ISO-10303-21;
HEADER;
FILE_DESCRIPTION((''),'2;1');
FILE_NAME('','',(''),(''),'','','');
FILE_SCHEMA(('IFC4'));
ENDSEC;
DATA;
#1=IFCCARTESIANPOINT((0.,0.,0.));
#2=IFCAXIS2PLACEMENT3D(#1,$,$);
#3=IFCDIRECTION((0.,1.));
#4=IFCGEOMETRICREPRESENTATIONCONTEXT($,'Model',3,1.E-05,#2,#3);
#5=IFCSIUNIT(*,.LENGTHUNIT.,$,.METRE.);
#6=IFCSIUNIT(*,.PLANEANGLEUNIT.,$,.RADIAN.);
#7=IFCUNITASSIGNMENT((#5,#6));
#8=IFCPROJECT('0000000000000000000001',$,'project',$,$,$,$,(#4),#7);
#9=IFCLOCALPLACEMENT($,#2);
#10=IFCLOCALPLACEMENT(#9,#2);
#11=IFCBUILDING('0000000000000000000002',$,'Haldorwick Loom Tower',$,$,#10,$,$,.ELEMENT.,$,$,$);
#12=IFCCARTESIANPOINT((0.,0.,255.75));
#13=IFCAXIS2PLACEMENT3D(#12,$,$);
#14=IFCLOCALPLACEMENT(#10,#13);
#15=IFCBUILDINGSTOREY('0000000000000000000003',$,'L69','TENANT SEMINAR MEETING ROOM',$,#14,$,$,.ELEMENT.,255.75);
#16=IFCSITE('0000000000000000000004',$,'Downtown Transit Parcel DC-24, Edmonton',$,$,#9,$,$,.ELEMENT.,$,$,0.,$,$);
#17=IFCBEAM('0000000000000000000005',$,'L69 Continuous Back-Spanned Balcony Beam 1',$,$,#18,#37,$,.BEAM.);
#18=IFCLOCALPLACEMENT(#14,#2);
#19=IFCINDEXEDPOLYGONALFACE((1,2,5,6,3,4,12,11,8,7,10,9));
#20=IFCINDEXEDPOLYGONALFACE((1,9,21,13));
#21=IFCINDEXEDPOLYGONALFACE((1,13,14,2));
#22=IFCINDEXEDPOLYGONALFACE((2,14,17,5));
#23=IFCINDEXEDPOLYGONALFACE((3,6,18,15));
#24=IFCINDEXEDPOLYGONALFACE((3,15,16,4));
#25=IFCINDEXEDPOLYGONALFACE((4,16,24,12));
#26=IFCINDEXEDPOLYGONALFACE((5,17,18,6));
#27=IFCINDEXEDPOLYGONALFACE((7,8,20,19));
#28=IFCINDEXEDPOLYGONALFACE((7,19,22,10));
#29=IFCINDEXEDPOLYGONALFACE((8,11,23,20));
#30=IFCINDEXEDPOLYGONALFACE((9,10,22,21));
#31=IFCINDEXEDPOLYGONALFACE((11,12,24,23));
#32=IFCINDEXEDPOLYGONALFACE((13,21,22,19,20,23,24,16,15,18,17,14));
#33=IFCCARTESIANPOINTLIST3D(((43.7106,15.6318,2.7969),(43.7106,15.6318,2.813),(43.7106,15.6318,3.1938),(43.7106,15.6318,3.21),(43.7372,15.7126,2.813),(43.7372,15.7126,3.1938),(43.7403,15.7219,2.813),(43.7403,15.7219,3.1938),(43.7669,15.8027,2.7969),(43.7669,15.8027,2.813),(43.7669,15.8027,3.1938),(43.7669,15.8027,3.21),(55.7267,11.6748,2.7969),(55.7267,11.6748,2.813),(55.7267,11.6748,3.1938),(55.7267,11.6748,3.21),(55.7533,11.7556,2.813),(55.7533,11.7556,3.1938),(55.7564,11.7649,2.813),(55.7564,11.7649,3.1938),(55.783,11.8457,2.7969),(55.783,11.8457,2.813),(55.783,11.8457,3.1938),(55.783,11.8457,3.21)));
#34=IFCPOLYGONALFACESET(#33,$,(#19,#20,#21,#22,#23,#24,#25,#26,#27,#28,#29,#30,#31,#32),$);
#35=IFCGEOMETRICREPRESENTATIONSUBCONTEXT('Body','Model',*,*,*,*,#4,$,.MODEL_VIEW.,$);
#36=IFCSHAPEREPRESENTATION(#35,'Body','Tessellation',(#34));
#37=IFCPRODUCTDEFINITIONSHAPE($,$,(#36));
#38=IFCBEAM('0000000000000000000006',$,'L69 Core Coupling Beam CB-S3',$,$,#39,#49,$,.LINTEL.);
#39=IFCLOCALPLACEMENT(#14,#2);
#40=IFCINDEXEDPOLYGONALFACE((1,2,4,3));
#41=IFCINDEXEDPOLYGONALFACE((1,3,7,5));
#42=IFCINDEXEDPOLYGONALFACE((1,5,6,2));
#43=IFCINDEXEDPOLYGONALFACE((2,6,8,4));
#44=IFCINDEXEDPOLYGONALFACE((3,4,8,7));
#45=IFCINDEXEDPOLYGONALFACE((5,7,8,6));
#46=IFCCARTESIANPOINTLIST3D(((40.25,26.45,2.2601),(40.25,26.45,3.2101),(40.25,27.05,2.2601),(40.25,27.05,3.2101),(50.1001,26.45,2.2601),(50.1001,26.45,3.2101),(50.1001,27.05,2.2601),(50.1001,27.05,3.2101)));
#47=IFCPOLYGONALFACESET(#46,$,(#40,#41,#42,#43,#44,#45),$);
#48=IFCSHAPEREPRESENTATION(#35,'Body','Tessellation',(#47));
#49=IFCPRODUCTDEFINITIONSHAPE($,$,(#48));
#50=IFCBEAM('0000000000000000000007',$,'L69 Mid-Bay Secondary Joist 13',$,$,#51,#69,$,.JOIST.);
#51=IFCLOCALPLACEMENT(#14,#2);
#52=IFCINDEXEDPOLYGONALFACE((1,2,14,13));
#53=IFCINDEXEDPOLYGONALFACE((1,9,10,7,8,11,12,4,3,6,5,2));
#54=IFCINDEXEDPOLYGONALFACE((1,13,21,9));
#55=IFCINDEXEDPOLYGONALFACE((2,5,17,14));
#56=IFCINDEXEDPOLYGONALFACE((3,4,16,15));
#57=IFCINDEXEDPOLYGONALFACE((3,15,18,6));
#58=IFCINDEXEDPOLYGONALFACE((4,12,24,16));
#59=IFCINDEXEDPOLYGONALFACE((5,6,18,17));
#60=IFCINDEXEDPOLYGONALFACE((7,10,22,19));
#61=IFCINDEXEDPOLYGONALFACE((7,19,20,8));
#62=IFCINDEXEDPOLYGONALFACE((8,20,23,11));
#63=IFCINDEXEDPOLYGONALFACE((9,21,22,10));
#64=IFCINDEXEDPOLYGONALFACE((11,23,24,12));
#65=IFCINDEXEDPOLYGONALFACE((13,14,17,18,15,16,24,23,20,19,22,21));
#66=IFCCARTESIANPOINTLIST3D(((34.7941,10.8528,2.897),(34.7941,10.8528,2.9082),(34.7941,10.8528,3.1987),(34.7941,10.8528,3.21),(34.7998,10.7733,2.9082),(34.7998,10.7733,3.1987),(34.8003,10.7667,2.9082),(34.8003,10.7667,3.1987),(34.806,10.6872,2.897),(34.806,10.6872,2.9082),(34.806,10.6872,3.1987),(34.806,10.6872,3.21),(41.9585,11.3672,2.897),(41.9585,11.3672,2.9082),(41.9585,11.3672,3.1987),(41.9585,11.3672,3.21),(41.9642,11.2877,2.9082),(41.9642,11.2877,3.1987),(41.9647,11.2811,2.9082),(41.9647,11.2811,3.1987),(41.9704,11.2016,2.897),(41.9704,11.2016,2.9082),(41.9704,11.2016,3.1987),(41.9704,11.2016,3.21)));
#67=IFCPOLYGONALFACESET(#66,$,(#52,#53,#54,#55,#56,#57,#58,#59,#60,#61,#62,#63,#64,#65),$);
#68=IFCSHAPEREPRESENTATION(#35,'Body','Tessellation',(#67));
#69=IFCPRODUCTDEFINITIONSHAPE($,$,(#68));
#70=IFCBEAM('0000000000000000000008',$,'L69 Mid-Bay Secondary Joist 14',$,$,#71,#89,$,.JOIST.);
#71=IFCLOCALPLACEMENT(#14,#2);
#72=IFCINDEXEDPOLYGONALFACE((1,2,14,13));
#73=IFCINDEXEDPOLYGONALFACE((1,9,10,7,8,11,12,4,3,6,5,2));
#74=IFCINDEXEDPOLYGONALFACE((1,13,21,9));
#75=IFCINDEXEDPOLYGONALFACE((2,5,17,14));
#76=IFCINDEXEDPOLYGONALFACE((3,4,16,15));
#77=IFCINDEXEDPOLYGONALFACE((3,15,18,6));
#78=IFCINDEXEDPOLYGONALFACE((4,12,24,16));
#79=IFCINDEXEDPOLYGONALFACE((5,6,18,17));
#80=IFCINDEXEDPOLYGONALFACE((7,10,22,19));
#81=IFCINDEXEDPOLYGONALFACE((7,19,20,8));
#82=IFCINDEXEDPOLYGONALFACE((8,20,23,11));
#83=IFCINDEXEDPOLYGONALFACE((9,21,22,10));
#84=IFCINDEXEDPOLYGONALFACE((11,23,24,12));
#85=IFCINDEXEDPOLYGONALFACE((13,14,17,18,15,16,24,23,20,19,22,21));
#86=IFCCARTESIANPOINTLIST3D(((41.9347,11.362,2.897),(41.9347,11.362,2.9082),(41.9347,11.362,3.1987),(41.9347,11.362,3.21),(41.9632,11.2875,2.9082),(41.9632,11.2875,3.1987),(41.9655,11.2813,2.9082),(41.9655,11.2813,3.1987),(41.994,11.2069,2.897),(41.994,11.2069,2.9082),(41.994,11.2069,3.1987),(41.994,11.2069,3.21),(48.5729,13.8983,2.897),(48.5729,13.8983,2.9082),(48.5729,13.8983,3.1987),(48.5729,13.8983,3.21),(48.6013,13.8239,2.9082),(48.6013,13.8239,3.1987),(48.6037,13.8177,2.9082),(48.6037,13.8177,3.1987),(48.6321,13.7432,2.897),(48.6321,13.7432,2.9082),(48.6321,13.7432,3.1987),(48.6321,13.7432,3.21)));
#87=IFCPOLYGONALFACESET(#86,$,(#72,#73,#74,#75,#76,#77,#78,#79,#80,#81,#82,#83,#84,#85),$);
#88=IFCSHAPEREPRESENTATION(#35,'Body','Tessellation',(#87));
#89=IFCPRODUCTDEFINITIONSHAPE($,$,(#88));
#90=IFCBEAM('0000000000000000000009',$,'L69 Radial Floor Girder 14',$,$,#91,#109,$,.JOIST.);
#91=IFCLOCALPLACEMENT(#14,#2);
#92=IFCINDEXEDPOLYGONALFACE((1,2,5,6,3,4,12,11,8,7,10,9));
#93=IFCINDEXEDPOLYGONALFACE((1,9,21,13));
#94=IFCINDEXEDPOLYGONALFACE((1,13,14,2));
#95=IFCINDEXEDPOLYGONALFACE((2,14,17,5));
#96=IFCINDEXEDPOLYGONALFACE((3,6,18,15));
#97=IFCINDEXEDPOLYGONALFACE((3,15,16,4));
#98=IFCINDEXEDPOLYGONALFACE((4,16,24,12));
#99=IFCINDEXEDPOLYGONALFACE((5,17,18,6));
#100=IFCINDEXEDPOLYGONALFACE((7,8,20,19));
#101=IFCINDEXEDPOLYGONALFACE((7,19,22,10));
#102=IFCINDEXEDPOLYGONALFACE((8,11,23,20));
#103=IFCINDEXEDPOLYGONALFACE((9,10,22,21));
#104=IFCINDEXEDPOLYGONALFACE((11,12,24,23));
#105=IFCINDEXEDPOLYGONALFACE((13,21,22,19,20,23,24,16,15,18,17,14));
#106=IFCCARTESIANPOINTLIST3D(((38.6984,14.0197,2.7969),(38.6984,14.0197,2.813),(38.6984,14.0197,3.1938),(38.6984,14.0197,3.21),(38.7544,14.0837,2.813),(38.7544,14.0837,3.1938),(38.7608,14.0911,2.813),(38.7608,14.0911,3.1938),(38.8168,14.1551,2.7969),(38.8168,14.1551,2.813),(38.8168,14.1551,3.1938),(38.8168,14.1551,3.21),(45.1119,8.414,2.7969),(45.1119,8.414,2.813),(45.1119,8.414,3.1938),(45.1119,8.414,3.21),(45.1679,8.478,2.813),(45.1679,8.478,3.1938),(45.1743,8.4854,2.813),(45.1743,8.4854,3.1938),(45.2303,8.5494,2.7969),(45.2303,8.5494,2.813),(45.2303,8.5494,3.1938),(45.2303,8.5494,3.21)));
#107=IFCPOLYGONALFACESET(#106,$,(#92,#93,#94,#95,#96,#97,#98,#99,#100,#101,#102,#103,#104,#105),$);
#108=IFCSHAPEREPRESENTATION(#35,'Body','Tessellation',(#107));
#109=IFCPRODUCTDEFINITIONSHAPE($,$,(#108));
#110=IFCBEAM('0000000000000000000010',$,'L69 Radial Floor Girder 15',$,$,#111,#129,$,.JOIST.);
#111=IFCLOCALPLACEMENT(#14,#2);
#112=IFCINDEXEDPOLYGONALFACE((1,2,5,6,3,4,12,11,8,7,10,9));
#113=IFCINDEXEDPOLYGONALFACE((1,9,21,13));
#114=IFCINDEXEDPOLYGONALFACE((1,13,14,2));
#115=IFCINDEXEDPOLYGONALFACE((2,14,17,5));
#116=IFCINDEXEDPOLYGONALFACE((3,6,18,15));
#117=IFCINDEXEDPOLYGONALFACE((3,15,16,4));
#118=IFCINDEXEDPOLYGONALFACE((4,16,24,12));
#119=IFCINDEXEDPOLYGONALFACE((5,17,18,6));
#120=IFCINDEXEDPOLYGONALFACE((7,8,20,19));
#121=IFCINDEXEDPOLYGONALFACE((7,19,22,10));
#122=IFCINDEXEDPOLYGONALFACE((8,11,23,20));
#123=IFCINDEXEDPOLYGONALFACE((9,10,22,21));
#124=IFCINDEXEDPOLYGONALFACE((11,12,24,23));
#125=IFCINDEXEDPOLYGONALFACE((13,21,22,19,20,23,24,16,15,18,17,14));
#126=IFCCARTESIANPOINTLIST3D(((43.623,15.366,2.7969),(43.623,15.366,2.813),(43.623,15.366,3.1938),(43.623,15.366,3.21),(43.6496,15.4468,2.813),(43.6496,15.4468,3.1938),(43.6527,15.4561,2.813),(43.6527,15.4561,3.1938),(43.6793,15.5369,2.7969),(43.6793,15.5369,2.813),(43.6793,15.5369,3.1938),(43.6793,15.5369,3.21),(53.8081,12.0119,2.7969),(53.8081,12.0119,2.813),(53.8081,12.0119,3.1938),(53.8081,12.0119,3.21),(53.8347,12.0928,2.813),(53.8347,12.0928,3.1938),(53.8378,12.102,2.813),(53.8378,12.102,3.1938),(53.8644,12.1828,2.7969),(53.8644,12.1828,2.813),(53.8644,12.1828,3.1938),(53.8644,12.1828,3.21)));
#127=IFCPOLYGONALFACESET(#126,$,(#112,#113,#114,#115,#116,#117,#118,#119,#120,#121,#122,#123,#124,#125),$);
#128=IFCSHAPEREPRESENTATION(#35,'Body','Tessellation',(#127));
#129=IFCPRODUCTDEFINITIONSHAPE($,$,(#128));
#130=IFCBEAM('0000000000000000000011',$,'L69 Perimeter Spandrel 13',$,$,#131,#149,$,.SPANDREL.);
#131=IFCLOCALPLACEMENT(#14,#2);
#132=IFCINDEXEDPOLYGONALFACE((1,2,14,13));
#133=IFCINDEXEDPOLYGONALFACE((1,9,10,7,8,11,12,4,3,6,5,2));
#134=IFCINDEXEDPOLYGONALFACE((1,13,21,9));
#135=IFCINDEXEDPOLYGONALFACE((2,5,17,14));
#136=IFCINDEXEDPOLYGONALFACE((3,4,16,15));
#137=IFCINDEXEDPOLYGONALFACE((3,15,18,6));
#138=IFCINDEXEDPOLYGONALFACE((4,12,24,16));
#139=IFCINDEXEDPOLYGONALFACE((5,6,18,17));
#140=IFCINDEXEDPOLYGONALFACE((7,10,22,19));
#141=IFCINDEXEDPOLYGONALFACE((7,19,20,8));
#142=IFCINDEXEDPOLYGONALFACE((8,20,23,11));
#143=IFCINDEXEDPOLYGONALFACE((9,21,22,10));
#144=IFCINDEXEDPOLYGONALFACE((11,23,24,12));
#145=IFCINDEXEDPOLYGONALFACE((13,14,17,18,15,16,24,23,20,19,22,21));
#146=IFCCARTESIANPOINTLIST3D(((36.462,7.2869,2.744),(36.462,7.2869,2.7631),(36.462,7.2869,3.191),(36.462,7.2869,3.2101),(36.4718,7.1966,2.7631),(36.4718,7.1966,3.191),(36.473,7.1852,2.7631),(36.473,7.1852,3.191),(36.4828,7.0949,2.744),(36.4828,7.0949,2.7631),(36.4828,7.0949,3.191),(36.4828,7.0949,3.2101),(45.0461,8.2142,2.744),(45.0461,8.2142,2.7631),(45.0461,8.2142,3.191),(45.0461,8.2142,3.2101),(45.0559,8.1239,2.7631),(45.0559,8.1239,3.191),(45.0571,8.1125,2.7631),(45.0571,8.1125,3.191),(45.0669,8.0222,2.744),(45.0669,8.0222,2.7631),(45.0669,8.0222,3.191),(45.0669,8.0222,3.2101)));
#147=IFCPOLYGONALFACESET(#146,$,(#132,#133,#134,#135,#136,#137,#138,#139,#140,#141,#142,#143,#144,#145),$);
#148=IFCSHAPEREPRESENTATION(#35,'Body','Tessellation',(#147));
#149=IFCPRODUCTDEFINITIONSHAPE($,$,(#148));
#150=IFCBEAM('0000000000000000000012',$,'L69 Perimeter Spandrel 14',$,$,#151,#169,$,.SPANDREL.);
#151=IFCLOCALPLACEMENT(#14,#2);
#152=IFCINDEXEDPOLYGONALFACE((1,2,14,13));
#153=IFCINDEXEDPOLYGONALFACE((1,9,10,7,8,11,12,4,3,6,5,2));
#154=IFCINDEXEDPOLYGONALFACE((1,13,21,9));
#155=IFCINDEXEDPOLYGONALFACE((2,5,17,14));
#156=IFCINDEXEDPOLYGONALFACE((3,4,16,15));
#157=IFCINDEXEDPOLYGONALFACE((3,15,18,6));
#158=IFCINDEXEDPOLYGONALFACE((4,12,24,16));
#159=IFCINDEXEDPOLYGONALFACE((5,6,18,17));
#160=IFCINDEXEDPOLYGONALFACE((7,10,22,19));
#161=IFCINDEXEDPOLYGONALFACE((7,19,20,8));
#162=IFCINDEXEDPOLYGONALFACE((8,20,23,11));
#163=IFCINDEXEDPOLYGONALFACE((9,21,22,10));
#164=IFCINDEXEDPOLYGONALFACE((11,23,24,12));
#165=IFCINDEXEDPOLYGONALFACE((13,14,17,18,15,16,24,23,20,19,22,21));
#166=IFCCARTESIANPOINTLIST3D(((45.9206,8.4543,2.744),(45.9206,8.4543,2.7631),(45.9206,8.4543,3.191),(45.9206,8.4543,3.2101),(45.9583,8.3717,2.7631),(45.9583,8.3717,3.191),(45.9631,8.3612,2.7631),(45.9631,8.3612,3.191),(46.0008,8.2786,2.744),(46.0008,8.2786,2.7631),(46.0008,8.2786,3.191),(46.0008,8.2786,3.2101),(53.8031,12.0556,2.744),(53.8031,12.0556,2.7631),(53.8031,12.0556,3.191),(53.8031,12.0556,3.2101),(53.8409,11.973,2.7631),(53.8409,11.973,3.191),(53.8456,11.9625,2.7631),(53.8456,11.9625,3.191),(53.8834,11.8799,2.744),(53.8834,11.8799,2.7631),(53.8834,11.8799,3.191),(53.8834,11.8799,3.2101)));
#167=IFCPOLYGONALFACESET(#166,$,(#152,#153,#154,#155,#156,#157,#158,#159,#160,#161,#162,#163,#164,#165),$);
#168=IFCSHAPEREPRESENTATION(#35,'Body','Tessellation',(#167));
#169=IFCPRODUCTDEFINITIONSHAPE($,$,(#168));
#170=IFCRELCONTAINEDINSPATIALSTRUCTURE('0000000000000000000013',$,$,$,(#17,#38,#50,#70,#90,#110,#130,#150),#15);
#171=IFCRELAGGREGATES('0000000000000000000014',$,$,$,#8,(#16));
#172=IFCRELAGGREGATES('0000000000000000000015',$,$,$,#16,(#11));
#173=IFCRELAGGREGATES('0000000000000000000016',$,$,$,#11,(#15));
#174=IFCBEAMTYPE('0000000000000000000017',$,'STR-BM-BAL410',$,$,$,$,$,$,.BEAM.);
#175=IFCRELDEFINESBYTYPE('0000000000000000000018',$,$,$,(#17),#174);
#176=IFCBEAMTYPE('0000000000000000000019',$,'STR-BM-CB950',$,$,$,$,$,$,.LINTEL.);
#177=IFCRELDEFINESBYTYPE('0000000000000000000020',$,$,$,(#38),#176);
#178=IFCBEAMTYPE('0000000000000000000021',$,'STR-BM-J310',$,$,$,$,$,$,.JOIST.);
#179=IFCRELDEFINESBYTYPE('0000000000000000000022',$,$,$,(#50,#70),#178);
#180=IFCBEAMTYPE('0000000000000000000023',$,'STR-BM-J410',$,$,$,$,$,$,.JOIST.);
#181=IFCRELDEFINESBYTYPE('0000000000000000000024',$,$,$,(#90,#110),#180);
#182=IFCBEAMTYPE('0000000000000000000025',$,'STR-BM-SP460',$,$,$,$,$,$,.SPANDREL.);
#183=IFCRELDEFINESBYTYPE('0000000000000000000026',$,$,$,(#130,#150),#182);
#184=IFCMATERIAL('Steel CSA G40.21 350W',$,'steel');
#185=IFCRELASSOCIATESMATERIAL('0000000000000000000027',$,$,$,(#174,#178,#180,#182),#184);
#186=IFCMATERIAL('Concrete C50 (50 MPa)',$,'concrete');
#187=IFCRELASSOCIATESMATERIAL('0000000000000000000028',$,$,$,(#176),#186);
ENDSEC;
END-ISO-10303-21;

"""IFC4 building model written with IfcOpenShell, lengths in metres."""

from ifc_helpers import new_model, si_unit, direction, frame, origin, origin_2d, place, context, subcontext, project, spatial, rectangle, i_section, extrude, material, material_profile, profile_set, type_object, element, save


model = new_model("IFC4")

# Units and contexts
model_context = context("Model", 3, precision=1e-05, world=origin(), true_north=direction((0.0, 1.0)))
body_context = subcontext(model_context, "Body", "Model", "MODEL_VIEW")
ifc_project = project(units=[si_unit("LENGTHUNIT", "METRE"), si_unit("PLANEANGLEUNIT", "RADIAN")], contexts=[model_context])

# Site, building, storey
site_placement = place(None, origin())
site = spatial("IfcSite", under=ifc_project, at=site_placement, Name="Downtown Transit Parcel DC-24, Edmonton", CompositionType="ELEMENT", RefElevation=0.0)
building_placement = place(site_placement, origin())
building = spatial("IfcBuilding", under=site, at=building_placement, Name="Haldorwick Loom Tower", CompositionType="ELEMENT")
storey_placement = place(building_placement, frame((0.0, 0.0, 255.75)))
storey = spatial("IfcBuildingStorey", under=building, at=storey_placement, Name="L69", Description="TENANT SEMINAR MEETING ROOM", CompositionType="ELEMENT", Elevation=255.75)

# Shared definitions
ifc_material_1 = material(Name="Steel CSA G40.21 350W", Category="steel")

# Beams
ifc_material_profile_1 = material_profile(ifc_material_1, i_section(OverallWidth=0.1799, OverallDepth=0.4131, WebThickness=0.0098, FlangeThickness=0.0161, at=origin_2d()), Name="W410X74", Category="steel")
ifc_profile_set_1 = profile_set([ifc_material_profile_1], Name="Steel CSA G40.21 350W")
beam_type_1 = type_object("IfcBeamType", Name="STR-BM-BAL410", PredefinedType="BEAM", material=ifc_profile_set_1)
beam_1_placement = place(storey_placement, frame((43.7388, 15.7173, 3.0034), z_axis=(0.949823, -0.312787, 0.0), x_axis=(0.312787, 0.949823, 0.0)))
element("IfcBeam", 1, at=beam_1_placement, inside=storey, type_object=beam_type_1, Name="L69 Continuous Back-Spanned Balcony Beam 1", PredefinedType="BEAM", context=body_context, shape_type="SweptSolid", body=[
    extrude(i_section(OverallWidth=0.1799, OverallDepth=0.4131, WebThickness=0.0098, FlangeThickness=0.0161, at=origin_2d()), origin(), (0.0, 0.0, 1.0), 12.6509),
])
ifc_material_2 = material(Name="Concrete C50 (50 MPa)", Category="concrete")
ifc_material_profile_2 = material_profile(ifc_material_2, rectangle(XDim=0.6001, YDim=0.95, at=origin_2d()), Name="RC600X950", Category="concrete")
ifc_profile_set_2 = profile_set([ifc_material_profile_2], Name="Concrete C50 (50 MPa)")
beam_type_2 = type_object("IfcBeamType", Name="STR-BM-CB950", PredefinedType="LINTEL", material=ifc_profile_set_2)
beam_2_placement = place(storey_placement, frame((40.25, 26.75, 2.7351), z_axis=(1.0, 0.0, 0.0), x_axis=(0.0, 1.0, 0.0)))
element("IfcBeam", 2, at=beam_2_placement, inside=storey, type_object=beam_type_2, Name="L69 Core Coupling Beam CB-S3", PredefinedType="LINTEL", context=body_context, shape_type="SweptSolid", body=[
    extrude(rectangle(XDim=0.6001, YDim=0.95, at=origin_2d()), origin(), (0.0, 0.0, 1.0), 9.8501),
])
ifc_material_profile_3 = material_profile(ifc_material_1, i_section(OverallWidth=0.166, OverallDepth=0.313, WebThickness=0.0066, FlangeThickness=0.0112, at=origin_2d()), Name="W310X45", Category="steel")
ifc_profile_set_3 = profile_set([ifc_material_profile_3], Name="Steel CSA G40.21 350W")
beam_type_3 = type_object("IfcBeamType", Name="STR-BM-J310", PredefinedType="JOIST", material=ifc_profile_set_3)
beam_3_placement = place(storey_placement, frame((34.8, 10.77, 3.0535), z_axis=(0.997432, 0.071617, 0.0), x_axis=(-0.071617, 0.997432, 0.0)))
element("IfcBeam", 3, at=beam_3_placement, inside=storey, type_object=beam_type_3, Name="L69 Mid-Bay Secondary Joist 13", PredefinedType="JOIST", context=body_context, shape_type="SweptSolid", body=[
    extrude(i_section(OverallWidth=0.166, OverallDepth=0.313, WebThickness=0.0066, FlangeThickness=0.0112, at=origin_2d()), origin(), (0.0, 0.0, 1.0), 7.1829),
])
beam_4_placement = place(storey_placement, frame((41.9644, 11.2844, 3.0535), z_axis=(0.934134, 0.356922, 0.0), x_axis=(-0.356922, 0.934134, 0.0)))
element("IfcBeam", 4, at=beam_4_placement, inside=storey, type_object=beam_type_3, Name="L69 Mid-Bay Secondary Joist 14", PredefinedType="JOIST", context=body_context, shape_type="SweptSolid", body=[
    extrude(i_section(OverallWidth=0.166, OverallDepth=0.313, WebThickness=0.0066, FlangeThickness=0.0112, at=origin_2d()), origin(), (0.0, 0.0, 1.0), 7.1062),
])
ifc_material_profile_4 = material_profile(ifc_material_1, i_section(OverallWidth=0.1799, OverallDepth=0.4131, WebThickness=0.0098, FlangeThickness=0.0161, at=origin_2d()), Name="W410X74", Category="steel")
ifc_profile_set_4 = profile_set([ifc_material_profile_4], Name="Steel CSA G40.21 350W")
beam_type_4 = type_object("IfcBeamType", Name="STR-BM-J410", PredefinedType="JOIST", material=ifc_profile_set_4)
beam_5_placement = place(storey_placement, frame((38.7576, 14.0874, 3.0034), z_axis=(0.752935, -0.658095, 0.0), x_axis=(0.658095, 0.752935, 0.0)))
element("IfcBeam", 5, at=beam_5_placement, inside=storey, type_object=beam_type_4, Name="L69 Radial Floor Girder 14", PredefinedType="JOIST", context=body_context, shape_type="SweptSolid", body=[
    extrude(i_section(OverallWidth=0.1799, OverallDepth=0.4131, WebThickness=0.0098, FlangeThickness=0.0161, at=origin_2d()), origin(), (0.0, 0.0, 1.0), 8.5181),
])
beam_6_placement = place(storey_placement, frame((43.6511, 15.4514, 3.0034), z_axis=(0.949825, -0.312783, 0.0), x_axis=(0.312783, 0.949825, 0.0)))
element("IfcBeam", 6, at=beam_6_placement, inside=storey, type_object=beam_type_4, Name="L69 Radial Floor Girder 15", PredefinedType="JOIST", context=body_context, shape_type="SweptSolid", body=[
    extrude(i_section(OverallWidth=0.1799, OverallDepth=0.4131, WebThickness=0.0098, FlangeThickness=0.0161, at=origin_2d()), origin(), (0.0, 0.0, 1.0), 10.7231),
])
ifc_material_profile_5 = material_profile(ifc_material_1, i_section(OverallWidth=0.1931, OverallDepth=0.4661, WebThickness=0.0115, FlangeThickness=0.019, at=origin_2d()), Name="W460X97", Category="steel")
ifc_profile_set_5 = profile_set([ifc_material_profile_5], Name="Steel CSA G40.21 350W")
beam_type_5 = type_object("IfcBeamType", Name="STR-BM-SP460", PredefinedType="SPANDREL", material=ifc_profile_set_5)
beam_7_placement = place(storey_placement, frame((36.4724, 7.1909, 2.9771), z_axis=(0.994216, 0.107396, 0.0), x_axis=(-0.107396, 0.994216, 0.0)))
element("IfcBeam", 7, at=beam_7_placement, inside=storey, type_object=beam_type_5, Name="L69 Perimeter Spandrel 13", PredefinedType="SPANDREL", context=body_context, shape_type="SweptSolid", body=[
    extrude(i_section(OverallWidth=0.1931, OverallDepth=0.4661, WebThickness=0.0115, FlangeThickness=0.019, at=origin_2d()), origin(), (0.0, 0.0, 1.0), 8.634),
])
beam_8_placement = place(storey_placement, frame((45.9607, 8.3665, 2.9771), z_axis=(0.909568, 0.415555, 0.0), x_axis=(-0.415555, 0.909568, 0.0)))
element("IfcBeam", 8, at=beam_8_placement, inside=storey, type_object=beam_type_5, Name="L69 Perimeter Spandrel 14", PredefinedType="SPANDREL", context=body_context, shape_type="SweptSolid", body=[
    extrude(i_section(OverallWidth=0.1931, OverallDepth=0.4661, WebThickness=0.0115, FlangeThickness=0.019, at=origin_2d()), origin(), (0.0, 0.0, 1.0), 8.6663),
])

save(model, "model.ifc")
